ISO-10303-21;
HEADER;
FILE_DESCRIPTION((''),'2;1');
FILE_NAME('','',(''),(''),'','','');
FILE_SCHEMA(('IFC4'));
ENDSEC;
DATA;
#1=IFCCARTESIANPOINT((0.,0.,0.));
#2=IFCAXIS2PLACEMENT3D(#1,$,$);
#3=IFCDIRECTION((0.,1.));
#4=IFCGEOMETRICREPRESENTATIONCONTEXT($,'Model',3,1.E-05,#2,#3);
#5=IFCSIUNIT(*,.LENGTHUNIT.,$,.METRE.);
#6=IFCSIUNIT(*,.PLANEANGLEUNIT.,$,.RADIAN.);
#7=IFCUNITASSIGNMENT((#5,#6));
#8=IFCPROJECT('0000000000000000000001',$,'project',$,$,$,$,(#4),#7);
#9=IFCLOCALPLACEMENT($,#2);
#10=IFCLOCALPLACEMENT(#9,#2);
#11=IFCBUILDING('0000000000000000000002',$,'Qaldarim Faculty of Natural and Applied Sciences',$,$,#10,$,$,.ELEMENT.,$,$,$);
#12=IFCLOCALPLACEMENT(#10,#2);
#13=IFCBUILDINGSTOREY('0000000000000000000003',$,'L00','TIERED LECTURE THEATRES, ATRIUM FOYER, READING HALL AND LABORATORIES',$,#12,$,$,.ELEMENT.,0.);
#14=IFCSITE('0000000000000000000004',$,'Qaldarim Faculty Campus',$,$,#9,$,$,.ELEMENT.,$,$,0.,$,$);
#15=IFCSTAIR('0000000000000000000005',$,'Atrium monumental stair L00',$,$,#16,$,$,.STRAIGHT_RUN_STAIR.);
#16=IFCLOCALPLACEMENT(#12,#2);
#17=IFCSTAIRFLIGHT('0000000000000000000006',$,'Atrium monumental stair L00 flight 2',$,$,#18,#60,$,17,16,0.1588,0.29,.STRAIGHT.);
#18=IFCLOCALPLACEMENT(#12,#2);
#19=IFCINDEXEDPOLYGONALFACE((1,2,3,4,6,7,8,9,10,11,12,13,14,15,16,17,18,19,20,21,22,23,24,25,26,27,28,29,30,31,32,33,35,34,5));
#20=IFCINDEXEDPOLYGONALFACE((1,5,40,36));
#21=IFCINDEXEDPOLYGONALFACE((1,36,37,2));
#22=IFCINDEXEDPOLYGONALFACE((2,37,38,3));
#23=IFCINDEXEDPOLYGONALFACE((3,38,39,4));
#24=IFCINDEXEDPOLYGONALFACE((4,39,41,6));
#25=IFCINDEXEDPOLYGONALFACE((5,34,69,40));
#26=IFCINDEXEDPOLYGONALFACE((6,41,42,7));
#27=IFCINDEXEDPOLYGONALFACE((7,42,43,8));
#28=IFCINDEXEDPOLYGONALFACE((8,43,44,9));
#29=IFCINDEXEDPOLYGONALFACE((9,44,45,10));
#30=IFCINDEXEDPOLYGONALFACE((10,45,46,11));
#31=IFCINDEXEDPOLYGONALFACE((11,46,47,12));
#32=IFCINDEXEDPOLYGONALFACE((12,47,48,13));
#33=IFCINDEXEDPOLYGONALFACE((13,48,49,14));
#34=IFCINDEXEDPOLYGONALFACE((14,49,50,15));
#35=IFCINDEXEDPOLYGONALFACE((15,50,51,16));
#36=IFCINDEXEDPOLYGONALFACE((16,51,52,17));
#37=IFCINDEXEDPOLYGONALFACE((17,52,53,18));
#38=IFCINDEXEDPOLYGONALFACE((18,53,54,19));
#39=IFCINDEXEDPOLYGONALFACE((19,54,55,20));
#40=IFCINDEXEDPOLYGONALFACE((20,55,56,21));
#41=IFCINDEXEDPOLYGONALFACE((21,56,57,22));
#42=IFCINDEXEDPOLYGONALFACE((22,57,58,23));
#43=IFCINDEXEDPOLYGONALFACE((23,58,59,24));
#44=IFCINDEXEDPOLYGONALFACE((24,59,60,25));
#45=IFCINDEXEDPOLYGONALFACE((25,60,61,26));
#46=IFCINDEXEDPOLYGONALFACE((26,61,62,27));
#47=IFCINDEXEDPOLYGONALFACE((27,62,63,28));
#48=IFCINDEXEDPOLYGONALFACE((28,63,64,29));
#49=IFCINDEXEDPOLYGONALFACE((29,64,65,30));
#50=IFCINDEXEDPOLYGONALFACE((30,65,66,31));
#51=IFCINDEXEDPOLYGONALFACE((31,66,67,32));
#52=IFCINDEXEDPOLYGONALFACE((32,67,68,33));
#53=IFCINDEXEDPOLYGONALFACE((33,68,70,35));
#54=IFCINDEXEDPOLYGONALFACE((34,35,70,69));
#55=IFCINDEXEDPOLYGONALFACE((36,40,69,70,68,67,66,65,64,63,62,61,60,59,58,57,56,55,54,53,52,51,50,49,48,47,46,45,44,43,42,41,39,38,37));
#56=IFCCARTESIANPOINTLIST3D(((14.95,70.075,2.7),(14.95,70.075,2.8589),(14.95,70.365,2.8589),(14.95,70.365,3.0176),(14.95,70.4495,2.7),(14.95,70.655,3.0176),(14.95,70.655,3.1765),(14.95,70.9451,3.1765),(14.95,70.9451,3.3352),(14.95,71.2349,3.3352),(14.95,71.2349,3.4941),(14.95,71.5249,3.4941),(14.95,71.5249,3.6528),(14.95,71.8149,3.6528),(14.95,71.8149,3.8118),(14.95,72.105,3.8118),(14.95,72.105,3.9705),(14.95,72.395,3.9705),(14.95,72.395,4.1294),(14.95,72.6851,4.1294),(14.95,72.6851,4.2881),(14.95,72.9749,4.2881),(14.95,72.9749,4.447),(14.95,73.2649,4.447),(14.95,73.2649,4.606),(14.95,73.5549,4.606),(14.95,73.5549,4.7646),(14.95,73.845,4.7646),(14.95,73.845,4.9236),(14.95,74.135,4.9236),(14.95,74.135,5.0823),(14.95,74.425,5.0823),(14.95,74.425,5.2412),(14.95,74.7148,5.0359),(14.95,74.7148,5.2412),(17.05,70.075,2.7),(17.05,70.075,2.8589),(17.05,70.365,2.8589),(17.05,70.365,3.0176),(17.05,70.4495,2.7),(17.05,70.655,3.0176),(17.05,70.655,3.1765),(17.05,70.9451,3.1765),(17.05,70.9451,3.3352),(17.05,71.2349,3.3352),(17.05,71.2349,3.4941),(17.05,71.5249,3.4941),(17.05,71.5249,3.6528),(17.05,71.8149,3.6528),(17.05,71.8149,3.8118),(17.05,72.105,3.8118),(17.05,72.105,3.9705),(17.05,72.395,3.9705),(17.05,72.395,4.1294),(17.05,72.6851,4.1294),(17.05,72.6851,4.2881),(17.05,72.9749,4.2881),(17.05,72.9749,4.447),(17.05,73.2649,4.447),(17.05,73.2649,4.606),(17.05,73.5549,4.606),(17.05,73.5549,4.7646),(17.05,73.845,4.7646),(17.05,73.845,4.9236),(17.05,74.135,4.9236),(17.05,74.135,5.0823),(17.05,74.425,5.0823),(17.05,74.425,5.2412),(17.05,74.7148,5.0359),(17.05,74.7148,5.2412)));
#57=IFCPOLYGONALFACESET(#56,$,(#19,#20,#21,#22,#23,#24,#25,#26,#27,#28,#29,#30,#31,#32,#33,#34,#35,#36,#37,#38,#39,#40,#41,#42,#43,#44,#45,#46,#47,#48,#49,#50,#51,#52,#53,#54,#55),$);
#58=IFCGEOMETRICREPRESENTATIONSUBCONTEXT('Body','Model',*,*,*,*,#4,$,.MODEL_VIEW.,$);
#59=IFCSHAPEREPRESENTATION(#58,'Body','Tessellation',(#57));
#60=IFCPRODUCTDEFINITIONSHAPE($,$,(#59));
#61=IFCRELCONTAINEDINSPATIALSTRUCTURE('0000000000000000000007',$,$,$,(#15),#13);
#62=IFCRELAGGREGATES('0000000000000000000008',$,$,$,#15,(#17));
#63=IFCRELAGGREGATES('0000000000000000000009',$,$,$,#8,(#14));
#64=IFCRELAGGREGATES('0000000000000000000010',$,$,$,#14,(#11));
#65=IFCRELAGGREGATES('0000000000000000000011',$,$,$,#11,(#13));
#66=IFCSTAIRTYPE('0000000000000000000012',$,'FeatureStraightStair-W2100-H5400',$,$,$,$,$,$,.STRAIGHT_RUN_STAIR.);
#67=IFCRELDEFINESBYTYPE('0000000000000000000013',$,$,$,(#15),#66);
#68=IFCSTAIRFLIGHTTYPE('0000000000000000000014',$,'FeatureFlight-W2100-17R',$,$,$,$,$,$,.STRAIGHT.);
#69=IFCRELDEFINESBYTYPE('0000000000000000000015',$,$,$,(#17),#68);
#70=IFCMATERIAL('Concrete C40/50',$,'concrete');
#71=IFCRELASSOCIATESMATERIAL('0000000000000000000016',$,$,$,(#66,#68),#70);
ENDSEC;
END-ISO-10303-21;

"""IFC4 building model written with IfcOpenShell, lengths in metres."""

from ifc_helpers import new_model, si_unit, direction, frame, origin, place, context, subcontext, project, spatial, polyline, outline, extrude, material, type_object, element, aggregate, save


model = new_model("IFC4")

# Units and contexts
model_context = context("Model", 3, precision=1e-05, world=origin(), true_north=direction((0.0, 1.0)))
body_context = subcontext(model_context, "Body", "Model", "MODEL_VIEW")
ifc_project = project(units=[si_unit("LENGTHUNIT", "METRE"), si_unit("PLANEANGLEUNIT", "RADIAN")], contexts=[model_context])

# Site, building, storey
site_placement = place(None, origin())
site = spatial("IfcSite", under=ifc_project, at=site_placement, Name="Qaldarim Faculty Campus", CompositionType="ELEMENT", RefElevation=0.0)
building_placement = place(site_placement, origin())
building = spatial("IfcBuilding", under=site, at=building_placement, Name="Qaldarim Faculty of Natural and Applied Sciences", CompositionType="ELEMENT")
storey_placement = place(building_placement, origin())
storey = spatial("IfcBuildingStorey", under=building, at=storey_placement, Name="L00", Description="TIERED LECTURE THEATRES, ATRIUM FOYER, READING HALL AND LABORATORIES", CompositionType="ELEMENT", Elevation=0.0)

# Shared definitions
ifc_material_1 = material(Name="Concrete C40/50", Category="concrete")

# Stair, stair flight
stair_type = type_object("IfcStairType", Name="FeatureStraightStair-W2100-H5400", PredefinedType="STRAIGHT_RUN_STAIR", material=ifc_material_1)
stair_placement = place(storey_placement, origin())
stair = element("IfcStair", 1, at=stair_placement, inside=storey, type_object=stair_type, Name="Atrium monumental stair L00", PredefinedType="STRAIGHT_RUN_STAIR")
stair_flight_type = type_object("IfcStairFlightType", Name="FeatureFlight-W2100-17R", PredefinedType="STRAIGHT", material=ifc_material_1)
stair_flight_placement = place(storey_placement, frame((16.0, 70.075, 2.7), z_axis=(0.0, 0.0, 1.0), x_axis=(0.0, 1.0, 0.0)))
stair_flight = element("IfcStairFlight", 2, at=stair_flight_placement, type_object=stair_flight_type, Name="Atrium monumental stair L00 flight 2", NumberOfRisers=17, NumberOfTreads=16, PredefinedType="STRAIGHT", RiserHeight=0.1588, TreadLength=0.29, context=body_context, shape_type="SweptSolid", body=[
    extrude(outline(polyline([(0.0, 0.0), (0.0, 0.1589), (0.29, 0.1589), (0.29, 0.3176), (0.5801, 0.3176), (0.5801, 0.4766), (0.8701, 0.4766), (0.8701, 0.6353), (1.1599, 0.6353), (1.1599, 0.7942), (1.45, 0.7942), (1.45, 0.9529), (1.74, 0.9529), (1.74, 1.1118), (2.03, 1.1118), (2.03, 1.2705), (2.3201, 1.2705), (2.3201, 1.4294), (2.6101, 1.4294), (2.6101, 1.5881), (2.8999, 1.5881), (2.8999, 1.7471), (3.1899, 1.7471), (3.1899, 1.906), (3.48, 1.906), (3.48, 2.0647), (3.77, 2.0647), (3.77, 2.2236), (4.0601, 2.2236), (4.0601, 2.3823), (4.3501, 2.3823), (4.3501, 2.5413), (4.6399, 2.5413), (4.6399, 2.7), (4.6399, 2.3359), (0.3745, 0.0), (0.0, 0.0)])), frame((0.0, 1.05, 0.0), z_axis=(0.0, -1.0, 0.0), x_axis=(1.0, 0.0, 0.0)), (0.0, 0.0, 1.0), 2.1001),
])
aggregate(stair, [stair_flight])

save(model, "model.ifc")
